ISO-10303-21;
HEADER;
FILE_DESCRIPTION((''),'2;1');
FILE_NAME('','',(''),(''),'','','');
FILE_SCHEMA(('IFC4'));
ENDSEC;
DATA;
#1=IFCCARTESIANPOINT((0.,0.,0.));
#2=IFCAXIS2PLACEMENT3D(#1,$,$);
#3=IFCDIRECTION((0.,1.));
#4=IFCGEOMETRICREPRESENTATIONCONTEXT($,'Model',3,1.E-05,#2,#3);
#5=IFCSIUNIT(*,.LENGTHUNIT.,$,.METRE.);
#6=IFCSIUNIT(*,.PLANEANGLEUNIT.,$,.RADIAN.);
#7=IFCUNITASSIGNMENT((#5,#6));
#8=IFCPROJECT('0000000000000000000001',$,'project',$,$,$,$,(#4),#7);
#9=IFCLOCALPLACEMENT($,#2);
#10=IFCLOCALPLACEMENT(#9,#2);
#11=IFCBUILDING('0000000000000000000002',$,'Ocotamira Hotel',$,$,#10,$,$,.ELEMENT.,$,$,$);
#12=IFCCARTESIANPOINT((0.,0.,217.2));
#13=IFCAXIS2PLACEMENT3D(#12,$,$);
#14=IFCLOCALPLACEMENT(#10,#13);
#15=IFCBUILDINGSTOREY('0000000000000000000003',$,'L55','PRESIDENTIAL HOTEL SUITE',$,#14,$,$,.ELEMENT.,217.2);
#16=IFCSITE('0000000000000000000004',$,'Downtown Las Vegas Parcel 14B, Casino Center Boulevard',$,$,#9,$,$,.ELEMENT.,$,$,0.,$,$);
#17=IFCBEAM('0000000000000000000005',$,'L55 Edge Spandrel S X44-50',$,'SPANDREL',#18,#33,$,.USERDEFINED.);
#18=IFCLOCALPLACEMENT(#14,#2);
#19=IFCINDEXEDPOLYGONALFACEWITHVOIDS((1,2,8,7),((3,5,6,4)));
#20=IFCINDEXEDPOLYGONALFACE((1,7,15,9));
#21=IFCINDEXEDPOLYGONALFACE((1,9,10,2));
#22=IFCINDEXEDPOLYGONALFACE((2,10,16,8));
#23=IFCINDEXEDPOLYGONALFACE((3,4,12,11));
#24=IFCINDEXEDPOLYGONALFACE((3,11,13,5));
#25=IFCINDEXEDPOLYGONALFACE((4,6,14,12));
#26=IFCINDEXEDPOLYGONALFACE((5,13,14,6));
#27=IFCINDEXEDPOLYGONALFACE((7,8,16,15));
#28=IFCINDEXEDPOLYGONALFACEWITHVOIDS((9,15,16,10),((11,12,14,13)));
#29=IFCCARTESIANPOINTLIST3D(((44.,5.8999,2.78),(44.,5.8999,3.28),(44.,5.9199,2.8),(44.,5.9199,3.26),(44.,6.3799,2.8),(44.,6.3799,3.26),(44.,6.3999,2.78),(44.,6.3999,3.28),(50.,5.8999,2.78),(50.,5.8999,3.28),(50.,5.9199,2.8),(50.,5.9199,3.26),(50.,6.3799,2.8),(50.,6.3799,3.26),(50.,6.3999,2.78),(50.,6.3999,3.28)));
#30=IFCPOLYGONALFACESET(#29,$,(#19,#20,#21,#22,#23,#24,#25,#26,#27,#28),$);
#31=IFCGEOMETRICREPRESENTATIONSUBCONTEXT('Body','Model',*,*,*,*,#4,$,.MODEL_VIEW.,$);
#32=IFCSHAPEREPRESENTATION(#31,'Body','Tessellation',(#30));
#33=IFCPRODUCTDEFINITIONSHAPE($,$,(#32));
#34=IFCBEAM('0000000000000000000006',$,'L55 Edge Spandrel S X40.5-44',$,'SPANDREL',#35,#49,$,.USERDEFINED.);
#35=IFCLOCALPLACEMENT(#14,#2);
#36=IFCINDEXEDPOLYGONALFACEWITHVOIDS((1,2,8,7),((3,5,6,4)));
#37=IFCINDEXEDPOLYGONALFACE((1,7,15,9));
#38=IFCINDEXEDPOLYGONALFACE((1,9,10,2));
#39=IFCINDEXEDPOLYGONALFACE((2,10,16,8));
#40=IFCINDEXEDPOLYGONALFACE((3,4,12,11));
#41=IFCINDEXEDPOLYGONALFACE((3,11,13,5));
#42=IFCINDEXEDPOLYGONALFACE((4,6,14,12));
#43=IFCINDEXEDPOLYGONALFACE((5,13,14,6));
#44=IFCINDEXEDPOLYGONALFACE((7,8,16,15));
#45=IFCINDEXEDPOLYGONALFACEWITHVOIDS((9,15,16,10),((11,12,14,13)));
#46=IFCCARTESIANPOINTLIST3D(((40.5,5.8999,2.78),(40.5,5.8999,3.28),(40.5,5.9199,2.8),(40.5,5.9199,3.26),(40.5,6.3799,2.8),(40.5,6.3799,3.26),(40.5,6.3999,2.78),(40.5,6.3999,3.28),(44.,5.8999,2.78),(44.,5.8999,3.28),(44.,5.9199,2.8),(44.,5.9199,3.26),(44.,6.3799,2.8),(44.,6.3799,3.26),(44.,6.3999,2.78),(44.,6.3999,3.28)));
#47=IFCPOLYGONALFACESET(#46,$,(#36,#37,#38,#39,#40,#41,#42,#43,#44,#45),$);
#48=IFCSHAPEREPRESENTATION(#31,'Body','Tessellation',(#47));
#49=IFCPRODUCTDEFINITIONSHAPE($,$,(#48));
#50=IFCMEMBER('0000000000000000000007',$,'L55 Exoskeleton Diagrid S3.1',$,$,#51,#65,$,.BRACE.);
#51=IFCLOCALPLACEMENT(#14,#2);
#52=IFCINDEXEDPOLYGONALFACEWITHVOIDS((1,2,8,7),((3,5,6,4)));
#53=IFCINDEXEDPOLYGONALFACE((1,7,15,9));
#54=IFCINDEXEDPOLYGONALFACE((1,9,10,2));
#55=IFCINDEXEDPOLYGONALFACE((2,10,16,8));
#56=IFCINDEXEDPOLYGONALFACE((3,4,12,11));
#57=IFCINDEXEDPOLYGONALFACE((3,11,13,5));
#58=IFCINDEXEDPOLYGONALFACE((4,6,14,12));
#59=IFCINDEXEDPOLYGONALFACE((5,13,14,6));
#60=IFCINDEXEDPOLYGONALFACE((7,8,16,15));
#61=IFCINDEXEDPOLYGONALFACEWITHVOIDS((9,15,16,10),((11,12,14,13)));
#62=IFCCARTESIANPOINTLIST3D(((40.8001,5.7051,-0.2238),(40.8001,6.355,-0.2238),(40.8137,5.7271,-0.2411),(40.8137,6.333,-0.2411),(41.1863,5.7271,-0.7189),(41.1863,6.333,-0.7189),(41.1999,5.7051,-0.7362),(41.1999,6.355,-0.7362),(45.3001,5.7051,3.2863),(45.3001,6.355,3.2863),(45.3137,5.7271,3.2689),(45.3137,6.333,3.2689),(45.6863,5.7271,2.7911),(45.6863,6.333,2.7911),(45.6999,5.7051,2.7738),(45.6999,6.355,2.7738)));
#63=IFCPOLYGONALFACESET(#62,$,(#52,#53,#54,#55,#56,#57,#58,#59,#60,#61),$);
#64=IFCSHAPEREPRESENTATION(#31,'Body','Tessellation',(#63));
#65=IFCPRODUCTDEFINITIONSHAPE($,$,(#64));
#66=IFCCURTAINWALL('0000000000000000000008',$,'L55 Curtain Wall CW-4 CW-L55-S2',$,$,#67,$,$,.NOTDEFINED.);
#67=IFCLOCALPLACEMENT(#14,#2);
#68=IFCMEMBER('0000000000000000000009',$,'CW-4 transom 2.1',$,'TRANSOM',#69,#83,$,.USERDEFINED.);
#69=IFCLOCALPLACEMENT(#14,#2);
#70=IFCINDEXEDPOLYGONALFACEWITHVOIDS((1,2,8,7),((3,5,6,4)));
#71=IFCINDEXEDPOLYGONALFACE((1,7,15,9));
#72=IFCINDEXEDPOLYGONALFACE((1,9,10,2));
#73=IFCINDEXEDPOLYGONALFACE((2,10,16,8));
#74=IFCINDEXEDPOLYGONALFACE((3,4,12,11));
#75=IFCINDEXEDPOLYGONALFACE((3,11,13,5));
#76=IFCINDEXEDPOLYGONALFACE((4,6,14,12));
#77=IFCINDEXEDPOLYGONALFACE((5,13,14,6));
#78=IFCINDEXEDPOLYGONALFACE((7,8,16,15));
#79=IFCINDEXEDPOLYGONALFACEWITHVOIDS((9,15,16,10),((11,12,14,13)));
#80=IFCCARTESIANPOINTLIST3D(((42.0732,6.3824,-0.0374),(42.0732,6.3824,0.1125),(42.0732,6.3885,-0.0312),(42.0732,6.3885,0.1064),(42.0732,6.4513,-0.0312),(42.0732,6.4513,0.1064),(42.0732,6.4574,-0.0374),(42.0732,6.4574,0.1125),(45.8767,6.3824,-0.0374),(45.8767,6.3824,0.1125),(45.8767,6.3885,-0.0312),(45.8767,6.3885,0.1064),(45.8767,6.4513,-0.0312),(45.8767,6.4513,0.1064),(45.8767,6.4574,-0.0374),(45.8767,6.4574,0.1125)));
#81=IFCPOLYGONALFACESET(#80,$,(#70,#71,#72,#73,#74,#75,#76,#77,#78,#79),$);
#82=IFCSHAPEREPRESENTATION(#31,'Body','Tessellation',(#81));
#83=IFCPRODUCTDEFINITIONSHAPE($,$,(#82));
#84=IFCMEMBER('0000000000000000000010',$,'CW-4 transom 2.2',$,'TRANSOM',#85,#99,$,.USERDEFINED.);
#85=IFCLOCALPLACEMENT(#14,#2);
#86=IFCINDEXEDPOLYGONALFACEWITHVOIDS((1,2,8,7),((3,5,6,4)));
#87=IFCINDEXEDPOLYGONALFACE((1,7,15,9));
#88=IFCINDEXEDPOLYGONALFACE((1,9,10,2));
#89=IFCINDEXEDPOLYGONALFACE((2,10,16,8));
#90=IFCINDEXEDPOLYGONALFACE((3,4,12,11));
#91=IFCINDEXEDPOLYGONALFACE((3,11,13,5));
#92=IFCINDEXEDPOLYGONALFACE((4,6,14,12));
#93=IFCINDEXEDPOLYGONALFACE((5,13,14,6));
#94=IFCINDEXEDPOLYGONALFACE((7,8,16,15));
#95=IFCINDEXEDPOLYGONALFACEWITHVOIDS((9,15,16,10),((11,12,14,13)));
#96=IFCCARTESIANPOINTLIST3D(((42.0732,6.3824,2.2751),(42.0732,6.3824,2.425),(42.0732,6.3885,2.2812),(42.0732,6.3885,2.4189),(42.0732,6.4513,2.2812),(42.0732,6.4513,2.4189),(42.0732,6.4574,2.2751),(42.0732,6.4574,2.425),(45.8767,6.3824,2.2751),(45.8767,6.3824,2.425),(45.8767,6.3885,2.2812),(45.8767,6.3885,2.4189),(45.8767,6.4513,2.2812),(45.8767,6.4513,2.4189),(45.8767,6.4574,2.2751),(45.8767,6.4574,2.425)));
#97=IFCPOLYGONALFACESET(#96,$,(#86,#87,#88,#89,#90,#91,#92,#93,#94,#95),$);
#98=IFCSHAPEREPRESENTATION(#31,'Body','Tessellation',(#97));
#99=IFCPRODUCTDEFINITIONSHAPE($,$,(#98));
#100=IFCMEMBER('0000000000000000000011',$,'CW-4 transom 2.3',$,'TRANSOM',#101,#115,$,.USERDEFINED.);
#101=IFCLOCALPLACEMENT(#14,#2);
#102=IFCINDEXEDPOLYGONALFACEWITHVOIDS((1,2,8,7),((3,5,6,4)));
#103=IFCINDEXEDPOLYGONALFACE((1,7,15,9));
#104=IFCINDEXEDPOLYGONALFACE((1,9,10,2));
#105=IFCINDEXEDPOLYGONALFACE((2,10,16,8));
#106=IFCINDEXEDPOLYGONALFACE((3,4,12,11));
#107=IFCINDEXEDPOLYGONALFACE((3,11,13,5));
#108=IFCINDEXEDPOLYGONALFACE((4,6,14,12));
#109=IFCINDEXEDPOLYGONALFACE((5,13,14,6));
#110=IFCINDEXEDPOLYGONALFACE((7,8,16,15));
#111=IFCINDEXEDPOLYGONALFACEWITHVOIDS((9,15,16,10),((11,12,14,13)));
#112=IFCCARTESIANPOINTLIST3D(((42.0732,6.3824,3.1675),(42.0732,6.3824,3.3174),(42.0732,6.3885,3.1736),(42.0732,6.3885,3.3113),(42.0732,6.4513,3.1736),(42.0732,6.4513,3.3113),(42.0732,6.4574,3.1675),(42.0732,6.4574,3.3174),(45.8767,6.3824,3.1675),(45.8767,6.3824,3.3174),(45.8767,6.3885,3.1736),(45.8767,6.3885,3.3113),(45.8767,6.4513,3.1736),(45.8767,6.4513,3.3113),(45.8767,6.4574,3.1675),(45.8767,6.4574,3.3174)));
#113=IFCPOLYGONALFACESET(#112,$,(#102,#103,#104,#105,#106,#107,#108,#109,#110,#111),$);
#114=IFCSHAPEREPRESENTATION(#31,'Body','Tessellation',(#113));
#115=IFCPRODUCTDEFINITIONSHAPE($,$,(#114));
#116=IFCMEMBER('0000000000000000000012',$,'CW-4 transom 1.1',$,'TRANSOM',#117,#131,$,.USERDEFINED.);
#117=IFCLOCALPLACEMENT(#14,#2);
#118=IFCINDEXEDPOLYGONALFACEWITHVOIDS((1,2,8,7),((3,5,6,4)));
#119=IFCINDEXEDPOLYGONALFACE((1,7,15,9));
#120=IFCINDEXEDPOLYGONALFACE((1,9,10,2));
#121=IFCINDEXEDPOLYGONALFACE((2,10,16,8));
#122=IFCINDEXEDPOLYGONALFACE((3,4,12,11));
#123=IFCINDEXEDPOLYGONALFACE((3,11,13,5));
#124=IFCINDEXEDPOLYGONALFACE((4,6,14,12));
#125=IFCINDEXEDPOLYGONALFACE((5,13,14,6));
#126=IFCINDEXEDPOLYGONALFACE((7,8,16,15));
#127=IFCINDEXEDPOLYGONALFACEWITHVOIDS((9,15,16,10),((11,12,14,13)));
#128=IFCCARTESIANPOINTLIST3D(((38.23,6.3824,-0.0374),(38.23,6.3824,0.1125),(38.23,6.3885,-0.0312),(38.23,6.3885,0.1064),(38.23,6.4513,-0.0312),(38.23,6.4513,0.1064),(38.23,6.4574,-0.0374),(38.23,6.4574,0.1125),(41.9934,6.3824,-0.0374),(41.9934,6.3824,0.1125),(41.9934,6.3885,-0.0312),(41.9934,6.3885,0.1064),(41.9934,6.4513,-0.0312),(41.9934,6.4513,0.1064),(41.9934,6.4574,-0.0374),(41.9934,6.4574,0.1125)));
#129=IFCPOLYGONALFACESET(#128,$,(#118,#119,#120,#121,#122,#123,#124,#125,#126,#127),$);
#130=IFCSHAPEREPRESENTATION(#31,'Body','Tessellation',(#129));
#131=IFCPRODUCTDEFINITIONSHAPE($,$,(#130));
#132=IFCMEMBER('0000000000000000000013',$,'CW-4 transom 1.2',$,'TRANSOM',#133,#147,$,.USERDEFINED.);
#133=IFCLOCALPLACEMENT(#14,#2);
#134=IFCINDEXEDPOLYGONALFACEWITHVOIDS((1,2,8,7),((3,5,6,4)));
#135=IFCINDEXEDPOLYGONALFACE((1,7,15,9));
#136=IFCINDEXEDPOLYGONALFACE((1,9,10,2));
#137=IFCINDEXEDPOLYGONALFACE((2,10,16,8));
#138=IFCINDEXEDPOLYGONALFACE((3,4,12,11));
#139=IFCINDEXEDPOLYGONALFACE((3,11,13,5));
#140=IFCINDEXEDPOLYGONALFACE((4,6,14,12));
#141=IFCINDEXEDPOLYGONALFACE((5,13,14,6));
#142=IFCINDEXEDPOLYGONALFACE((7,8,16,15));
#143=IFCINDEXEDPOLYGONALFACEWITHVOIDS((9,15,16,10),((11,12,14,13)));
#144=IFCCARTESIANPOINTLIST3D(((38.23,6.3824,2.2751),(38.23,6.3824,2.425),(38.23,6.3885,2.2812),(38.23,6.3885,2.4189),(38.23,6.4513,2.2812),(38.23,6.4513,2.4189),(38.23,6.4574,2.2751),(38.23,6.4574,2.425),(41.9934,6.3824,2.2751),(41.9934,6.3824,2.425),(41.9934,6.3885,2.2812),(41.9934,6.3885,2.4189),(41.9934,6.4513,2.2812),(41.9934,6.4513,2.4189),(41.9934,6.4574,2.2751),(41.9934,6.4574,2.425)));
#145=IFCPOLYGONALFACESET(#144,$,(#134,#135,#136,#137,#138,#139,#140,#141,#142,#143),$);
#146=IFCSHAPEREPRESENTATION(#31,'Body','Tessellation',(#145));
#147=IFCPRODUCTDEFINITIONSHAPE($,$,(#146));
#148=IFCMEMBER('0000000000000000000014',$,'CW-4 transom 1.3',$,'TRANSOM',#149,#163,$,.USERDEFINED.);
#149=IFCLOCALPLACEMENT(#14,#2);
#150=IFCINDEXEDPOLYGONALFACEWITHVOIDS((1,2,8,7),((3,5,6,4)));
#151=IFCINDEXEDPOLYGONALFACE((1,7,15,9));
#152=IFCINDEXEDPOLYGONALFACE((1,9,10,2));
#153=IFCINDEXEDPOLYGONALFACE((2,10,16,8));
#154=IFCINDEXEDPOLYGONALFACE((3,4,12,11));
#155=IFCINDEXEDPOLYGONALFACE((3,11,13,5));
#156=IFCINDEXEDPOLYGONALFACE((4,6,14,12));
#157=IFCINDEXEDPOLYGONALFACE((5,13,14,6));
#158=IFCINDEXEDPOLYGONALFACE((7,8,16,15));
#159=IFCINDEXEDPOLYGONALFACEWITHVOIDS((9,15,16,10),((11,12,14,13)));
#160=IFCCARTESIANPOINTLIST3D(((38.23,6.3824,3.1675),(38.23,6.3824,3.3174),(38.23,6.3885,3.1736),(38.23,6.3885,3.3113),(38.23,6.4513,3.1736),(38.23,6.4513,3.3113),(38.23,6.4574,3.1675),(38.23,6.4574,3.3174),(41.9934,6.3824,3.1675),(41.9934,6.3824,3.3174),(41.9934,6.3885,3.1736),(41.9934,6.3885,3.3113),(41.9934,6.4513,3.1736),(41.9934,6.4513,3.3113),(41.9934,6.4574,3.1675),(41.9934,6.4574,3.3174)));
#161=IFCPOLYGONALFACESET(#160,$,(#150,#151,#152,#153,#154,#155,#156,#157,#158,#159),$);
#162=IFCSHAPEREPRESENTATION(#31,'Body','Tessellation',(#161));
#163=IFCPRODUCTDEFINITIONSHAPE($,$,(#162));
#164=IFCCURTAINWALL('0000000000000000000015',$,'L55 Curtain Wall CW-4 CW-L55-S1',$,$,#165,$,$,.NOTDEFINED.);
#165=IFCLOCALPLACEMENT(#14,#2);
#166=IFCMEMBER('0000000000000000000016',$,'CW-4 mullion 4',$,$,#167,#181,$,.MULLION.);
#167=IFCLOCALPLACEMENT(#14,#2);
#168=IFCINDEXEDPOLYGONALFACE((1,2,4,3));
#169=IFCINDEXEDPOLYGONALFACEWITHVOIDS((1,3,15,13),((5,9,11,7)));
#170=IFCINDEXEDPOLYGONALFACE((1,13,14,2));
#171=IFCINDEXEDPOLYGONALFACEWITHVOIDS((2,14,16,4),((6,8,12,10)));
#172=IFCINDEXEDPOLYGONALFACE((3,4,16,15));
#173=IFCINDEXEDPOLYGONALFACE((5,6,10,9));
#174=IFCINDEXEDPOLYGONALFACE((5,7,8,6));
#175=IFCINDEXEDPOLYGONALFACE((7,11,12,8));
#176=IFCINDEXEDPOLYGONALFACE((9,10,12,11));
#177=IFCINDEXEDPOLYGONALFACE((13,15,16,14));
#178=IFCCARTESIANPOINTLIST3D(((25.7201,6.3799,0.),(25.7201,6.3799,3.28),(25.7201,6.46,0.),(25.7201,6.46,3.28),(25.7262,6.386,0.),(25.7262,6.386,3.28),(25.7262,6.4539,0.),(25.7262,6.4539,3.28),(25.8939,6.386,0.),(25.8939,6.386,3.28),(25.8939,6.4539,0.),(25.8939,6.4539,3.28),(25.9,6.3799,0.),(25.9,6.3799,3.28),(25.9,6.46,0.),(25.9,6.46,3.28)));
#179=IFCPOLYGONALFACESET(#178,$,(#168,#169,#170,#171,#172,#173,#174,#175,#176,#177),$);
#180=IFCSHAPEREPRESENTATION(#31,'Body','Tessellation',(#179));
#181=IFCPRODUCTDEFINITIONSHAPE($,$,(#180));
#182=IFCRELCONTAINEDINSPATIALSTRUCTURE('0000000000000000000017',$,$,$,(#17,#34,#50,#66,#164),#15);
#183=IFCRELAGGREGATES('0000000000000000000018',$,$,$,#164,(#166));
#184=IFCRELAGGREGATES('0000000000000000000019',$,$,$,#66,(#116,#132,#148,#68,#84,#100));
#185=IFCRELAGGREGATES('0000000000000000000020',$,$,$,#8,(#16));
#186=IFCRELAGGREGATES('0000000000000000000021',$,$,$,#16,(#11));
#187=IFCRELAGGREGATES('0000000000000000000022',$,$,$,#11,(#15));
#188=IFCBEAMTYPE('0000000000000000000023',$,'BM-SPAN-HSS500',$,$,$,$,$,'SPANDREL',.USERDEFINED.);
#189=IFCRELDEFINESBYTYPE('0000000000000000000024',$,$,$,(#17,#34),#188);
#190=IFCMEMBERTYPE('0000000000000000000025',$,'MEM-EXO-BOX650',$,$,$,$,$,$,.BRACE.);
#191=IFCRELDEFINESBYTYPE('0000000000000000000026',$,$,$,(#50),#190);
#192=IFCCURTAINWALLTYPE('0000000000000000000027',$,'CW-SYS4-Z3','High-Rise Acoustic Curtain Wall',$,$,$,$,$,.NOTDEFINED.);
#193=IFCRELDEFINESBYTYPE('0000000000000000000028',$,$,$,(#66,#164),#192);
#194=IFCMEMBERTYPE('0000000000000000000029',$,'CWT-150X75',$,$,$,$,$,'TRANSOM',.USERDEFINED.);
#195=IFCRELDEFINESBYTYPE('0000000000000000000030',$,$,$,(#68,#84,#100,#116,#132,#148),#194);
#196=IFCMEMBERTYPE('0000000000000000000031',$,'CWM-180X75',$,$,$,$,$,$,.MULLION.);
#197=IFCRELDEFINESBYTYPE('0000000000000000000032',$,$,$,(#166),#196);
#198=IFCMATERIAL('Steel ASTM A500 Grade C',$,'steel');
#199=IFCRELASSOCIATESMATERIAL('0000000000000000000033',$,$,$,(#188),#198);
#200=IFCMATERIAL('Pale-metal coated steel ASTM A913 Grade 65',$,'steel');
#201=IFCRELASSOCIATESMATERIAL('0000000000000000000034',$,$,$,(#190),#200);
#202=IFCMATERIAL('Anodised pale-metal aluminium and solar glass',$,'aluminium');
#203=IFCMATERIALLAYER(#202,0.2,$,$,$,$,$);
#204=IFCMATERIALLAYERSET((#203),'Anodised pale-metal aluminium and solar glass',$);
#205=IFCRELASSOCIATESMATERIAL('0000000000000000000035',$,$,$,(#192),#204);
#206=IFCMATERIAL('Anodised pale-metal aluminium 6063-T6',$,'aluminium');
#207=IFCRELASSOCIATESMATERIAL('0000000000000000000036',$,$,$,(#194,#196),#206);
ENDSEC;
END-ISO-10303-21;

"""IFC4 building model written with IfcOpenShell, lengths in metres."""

from ifc_helpers import new_model, si_unit, direction, frame, origin, origin_2d, place, context, subcontext, project, spatial, hollow_rectangle, extrude, source, transform, mapped, material, layer, layer_set, material_profile, profile_set, type_object, element, aggregate, save


model = new_model("IFC4")

# Units and contexts
model_context = context("Model", 3, precision=1e-05, world=origin(), true_north=direction((0.0, 1.0)))
body_context = subcontext(model_context, "Body", "Model", "MODEL_VIEW")
ifc_project = project(units=[si_unit("LENGTHUNIT", "METRE"), si_unit("PLANEANGLEUNIT", "RADIAN")], contexts=[model_context])

# Site, building, storey
site_placement = place(None, origin())
site = spatial("IfcSite", under=ifc_project, at=site_placement, Name="Downtown Las Vegas Parcel 14B, Casino Center Boulevard", CompositionType="ELEMENT", RefElevation=0.0)
building_placement = place(site_placement, origin())
building = spatial("IfcBuilding", under=site, at=building_placement, Name="Ocotamira Hotel", CompositionType="ELEMENT")
storey_placement = place(building_placement, frame((0.0, 0.0, 217.2)))
storey = spatial("IfcBuildingStorey", under=building, at=storey_placement, Name="L55", Description="PRESIDENTIAL HOTEL SUITE", CompositionType="ELEMENT", Elevation=217.2)

# Beams
ifc_material_1 = material(Name="Steel ASTM A500 Grade C", Category="steel")
ifc_material_profile_1 = material_profile(ifc_material_1, hollow_rectangle(XDim=0.5, YDim=0.5, WallThickness=0.02, at=origin_2d()), Name="HSS500X500X20")
ifc_profile_set_1 = profile_set([ifc_material_profile_1], Name="Steel ASTM A500 Grade C")
beam_type = type_object("IfcBeamType", Name="BM-SPAN-HSS500", ElementType="SPANDREL", PredefinedType="USERDEFINED", material=ifc_profile_set_1)
shared_shape_1 = source(origin(), body_context, "Body", "SweptSolid", [
    extrude(hollow_rectangle(XDim=0.5, YDim=0.5, WallThickness=0.02, at=origin_2d()), origin(), (0.0, 0.0, 1.0), 6.0),
])
beam_1_placement = place(storey_placement, frame((44.0, 6.1499, 3.03), z_axis=(1.0, 0.0, 0.0), x_axis=(0.0, 1.0, 0.0)))
element("IfcBeam", 1, at=beam_1_placement, inside=storey, type_object=beam_type, Name="L55 Edge Spandrel S X44-50", ObjectType="SPANDREL", PredefinedType="USERDEFINED", context=body_context, shape_type="MappedRepresentation", body=[
    mapped(shared_shape_1, transform((0.0, 0.0, 0.0), scale=1.0)),
])
shared_shape_2 = source(origin(), body_context, "Body", "SweptSolid", [
    extrude(hollow_rectangle(XDim=0.5, YDim=0.5, WallThickness=0.02, at=origin_2d()), origin(), (0.0, 0.0, 1.0), 3.5),
])
beam_2_placement = place(storey_placement, frame((40.5, 6.1499, 3.03), z_axis=(1.0, 0.0, 0.0), x_axis=(0.0, 1.0, 0.0)))
element("IfcBeam", 2, at=beam_2_placement, inside=storey, type_object=beam_type, Name="L55 Edge Spandrel S X40.5-44", ObjectType="SPANDREL", PredefinedType="USERDEFINED", context=body_context, shape_type="MappedRepresentation", body=[
    mapped(shared_shape_2, transform((0.0, 0.0, 0.0), scale=1.0)),
])

# Member
ifc_material_2 = material(Name="Pale-metal coated steel ASTM A913 Grade 65", Category="steel")
ifc_material_profile_2 = material_profile(ifc_material_2, hollow_rectangle(XDim=0.6499, YDim=0.6499, WallThickness=0.022, at=origin_2d()), Name="BOX650X650X22")
ifc_profile_set_2 = profile_set([ifc_material_profile_2], Name="Pale-metal coated steel ASTM A913 Grade 65")
member_type_1 = type_object("IfcMemberType", Name="MEM-EXO-BOX650", PredefinedType="BRACE", material=ifc_profile_set_2)
shared_shape_3 = source(origin(), body_context, "Body", "SweptSolid", [
    extrude(hollow_rectangle(XDim=0.6499, YDim=0.6499, WallThickness=0.022, at=origin_2d()), origin(), (0.0, 0.0, 1.0), 5.707),
])
member_1_placement = place(storey_placement, frame((41.0, 6.03, -0.48), z_axis=(0.788501, 0.0, 0.615033), x_axis=(0.0, 1.0, 0.0)))
element("IfcMember", 3, at=member_1_placement, inside=storey, type_object=member_type_1, Name="L55 Exoskeleton Diagrid S3.1", PredefinedType="BRACE", context=body_context, shape_type="MappedRepresentation", body=[
    mapped(shared_shape_3, transform((0.0, 0.0, 0.0), scale=1.0)),
])

# Curtain wall, members
ifc_material_3 = material(Name="Anodised pale-metal aluminium and solar glass", Category="aluminium")
ifc_layer_1 = layer(ifc_material_3, 0.2)
ifc_layer_set_1 = layer_set([ifc_layer_1], Name="Anodised pale-metal aluminium and solar glass")
curtain_wall_type = type_object("IfcCurtainWallType", Name="CW-SYS4-Z3", Description="High-Rise Acoustic Curtain Wall", PredefinedType="NOTDEFINED", material=ifc_layer_set_1)
curtain_wall_1_placement = place(storey_placement, origin())
curtain_wall_1 = element("IfcCurtainWall", 4, at=curtain_wall_1_placement, inside=storey, type_object=curtain_wall_type, Name="L55 Curtain Wall CW-4 CW-L55-S2", PredefinedType="NOTDEFINED")
ifc_material_4 = material(Name="Anodised pale-metal aluminium 6063-T6", Category="aluminium")
ifc_material_profile_3 = material_profile(ifc_material_4, hollow_rectangle(XDim=0.075, YDim=0.1499, WallThickness=0.0061, at=origin_2d()), Name="HSS150X75X6")
ifc_profile_set_3 = profile_set([ifc_material_profile_3], Name="Anodised pale-metal aluminium 6063-T6")
member_type_2 = type_object("IfcMemberType", Name="CWT-150X75", ElementType="TRANSOM", PredefinedType="USERDEFINED", material=ifc_profile_set_3)
shared_shape_4 = source(origin(), body_context, "Body", "SweptSolid", [
    extrude(hollow_rectangle(XDim=0.075, YDim=0.1499, WallThickness=0.0061, at=origin_2d()), origin(), (0.0, 0.0, 1.0), 3.8035),
])
member_2_placement = place(storey_placement, frame((42.0732, 6.4199, 0.0376), z_axis=(1.0, 0.0, 0.0), x_axis=(0.0, 1.0, 0.0)))
member_2 = element("IfcMember", 5, at=member_2_placement, type_object=member_type_2, Name="CW-4 transom 2.1", ObjectType="TRANSOM", PredefinedType="USERDEFINED", context=body_context, shape_type="MappedRepresentation", body=[
    mapped(shared_shape_4, transform((0.0, 0.0, 0.0), scale=1.0)),
])
member_3_placement = place(storey_placement, frame((42.0732, 6.4199, 2.3501), z_axis=(1.0, 0.0, 0.0), x_axis=(0.0, 1.0, 0.0)))
member_3 = element("IfcMember", 6, at=member_3_placement, type_object=member_type_2, Name="CW-4 transom 2.2", ObjectType="TRANSOM", PredefinedType="USERDEFINED", context=body_context, shape_type="MappedRepresentation", body=[
    mapped(shared_shape_4, transform((0.0, 0.0, 0.0), scale=1.0)),
])
member_4_placement = place(storey_placement, frame((42.0732, 6.4199, 3.2424), z_axis=(1.0, 0.0, 0.0), x_axis=(0.0, 1.0, 0.0)))
member_4 = element("IfcMember", 7, at=member_4_placement, type_object=member_type_2, Name="CW-4 transom 2.3", ObjectType="TRANSOM", PredefinedType="USERDEFINED", context=body_context, shape_type="MappedRepresentation", body=[
    mapped(shared_shape_4, transform((0.0, 0.0, 0.0), scale=1.0)),
])
shared_shape_5 = source(origin(), body_context, "Body", "SweptSolid", [
    extrude(hollow_rectangle(XDim=0.075, YDim=0.1499, WallThickness=0.0061, at=origin_2d()), origin(), (0.0, 0.0, 1.0), 3.7634),
])
member_5_placement = place(storey_placement, frame((38.23, 6.4199, 0.0376), z_axis=(1.0, 0.0, 0.0), x_axis=(0.0, 1.0, 0.0)))
member_5 = element("IfcMember", 8, at=member_5_placement, type_object=member_type_2, Name="CW-4 transom 1.1", ObjectType="TRANSOM", PredefinedType="USERDEFINED", context=body_context, shape_type="MappedRepresentation", body=[
    mapped(shared_shape_5, transform((0.0, 0.0, 0.0), scale=1.0)),
])
member_6_placement = place(storey_placement, frame((38.23, 6.4199, 2.3501), z_axis=(1.0, 0.0, 0.0), x_axis=(0.0, 1.0, 0.0)))
member_6 = element("IfcMember", 9, at=member_6_placement, type_object=member_type_2, Name="CW-4 transom 1.2", ObjectType="TRANSOM", PredefinedType="USERDEFINED", context=body_context, shape_type="MappedRepresentation", body=[
    mapped(shared_shape_5, transform((0.0, 0.0, 0.0), scale=1.0)),
])
member_7_placement = place(storey_placement, frame((38.23, 6.4199, 3.2424), z_axis=(1.0, 0.0, 0.0), x_axis=(0.0, 1.0, 0.0)))
member_7 = element("IfcMember", 10, at=member_7_placement, type_object=member_type_2, Name="CW-4 transom 1.3", ObjectType="TRANSOM", PredefinedType="USERDEFINED", context=body_context, shape_type="MappedRepresentation", body=[
    mapped(shared_shape_5, transform((0.0, 0.0, 0.0), scale=1.0)),
])

# Curtain wall, member
curtain_wall_2_placement = place(storey_placement, origin())
curtain_wall_2 = element("IfcCurtainWall", 11, at=curtain_wall_2_placement, inside=storey, type_object=curtain_wall_type, Name="L55 Curtain Wall CW-4 CW-L55-S1", PredefinedType="NOTDEFINED")
ifc_material_profile_4 = material_profile(ifc_material_4, hollow_rectangle(XDim=0.0801, YDim=0.1799, WallThickness=0.0061, at=origin_2d()), Name="HSS180X80X6")
ifc_profile_set_4 = profile_set([ifc_material_profile_4], Name="Anodised pale-metal aluminium 6063-T6")
member_type_3 = type_object("IfcMemberType", Name="CWM-180X75", PredefinedType="MULLION", material=ifc_profile_set_4)
shared_shape_6 = source(origin(), body_context, "Body", "SweptSolid", [
    extrude(hollow_rectangle(XDim=0.0801, YDim=0.1799, WallThickness=0.0061, at=origin_2d()), origin(), (0.0, 0.0, 1.0), 3.28),
])
member_8_placement = place(storey_placement, frame((25.8101, 6.4199, 0.0), z_axis=(0.0, 0.0, 1.0), x_axis=(0.0, 1.0, 0.0)))
member_8 = element("IfcMember", 12, at=member_8_placement, type_object=member_type_3, Name="CW-4 mullion 4", PredefinedType="MULLION", context=body_context, shape_type="MappedRepresentation", body=[
    mapped(shared_shape_6, transform((0.0, 0.0, 0.0), scale=1.0)),
])

aggregate(curtain_wall_2, [member_8])
aggregate(curtain_wall_1, [member_5, member_6, member_7, member_2, member_3, member_4])

save(model, "model.ifc")
